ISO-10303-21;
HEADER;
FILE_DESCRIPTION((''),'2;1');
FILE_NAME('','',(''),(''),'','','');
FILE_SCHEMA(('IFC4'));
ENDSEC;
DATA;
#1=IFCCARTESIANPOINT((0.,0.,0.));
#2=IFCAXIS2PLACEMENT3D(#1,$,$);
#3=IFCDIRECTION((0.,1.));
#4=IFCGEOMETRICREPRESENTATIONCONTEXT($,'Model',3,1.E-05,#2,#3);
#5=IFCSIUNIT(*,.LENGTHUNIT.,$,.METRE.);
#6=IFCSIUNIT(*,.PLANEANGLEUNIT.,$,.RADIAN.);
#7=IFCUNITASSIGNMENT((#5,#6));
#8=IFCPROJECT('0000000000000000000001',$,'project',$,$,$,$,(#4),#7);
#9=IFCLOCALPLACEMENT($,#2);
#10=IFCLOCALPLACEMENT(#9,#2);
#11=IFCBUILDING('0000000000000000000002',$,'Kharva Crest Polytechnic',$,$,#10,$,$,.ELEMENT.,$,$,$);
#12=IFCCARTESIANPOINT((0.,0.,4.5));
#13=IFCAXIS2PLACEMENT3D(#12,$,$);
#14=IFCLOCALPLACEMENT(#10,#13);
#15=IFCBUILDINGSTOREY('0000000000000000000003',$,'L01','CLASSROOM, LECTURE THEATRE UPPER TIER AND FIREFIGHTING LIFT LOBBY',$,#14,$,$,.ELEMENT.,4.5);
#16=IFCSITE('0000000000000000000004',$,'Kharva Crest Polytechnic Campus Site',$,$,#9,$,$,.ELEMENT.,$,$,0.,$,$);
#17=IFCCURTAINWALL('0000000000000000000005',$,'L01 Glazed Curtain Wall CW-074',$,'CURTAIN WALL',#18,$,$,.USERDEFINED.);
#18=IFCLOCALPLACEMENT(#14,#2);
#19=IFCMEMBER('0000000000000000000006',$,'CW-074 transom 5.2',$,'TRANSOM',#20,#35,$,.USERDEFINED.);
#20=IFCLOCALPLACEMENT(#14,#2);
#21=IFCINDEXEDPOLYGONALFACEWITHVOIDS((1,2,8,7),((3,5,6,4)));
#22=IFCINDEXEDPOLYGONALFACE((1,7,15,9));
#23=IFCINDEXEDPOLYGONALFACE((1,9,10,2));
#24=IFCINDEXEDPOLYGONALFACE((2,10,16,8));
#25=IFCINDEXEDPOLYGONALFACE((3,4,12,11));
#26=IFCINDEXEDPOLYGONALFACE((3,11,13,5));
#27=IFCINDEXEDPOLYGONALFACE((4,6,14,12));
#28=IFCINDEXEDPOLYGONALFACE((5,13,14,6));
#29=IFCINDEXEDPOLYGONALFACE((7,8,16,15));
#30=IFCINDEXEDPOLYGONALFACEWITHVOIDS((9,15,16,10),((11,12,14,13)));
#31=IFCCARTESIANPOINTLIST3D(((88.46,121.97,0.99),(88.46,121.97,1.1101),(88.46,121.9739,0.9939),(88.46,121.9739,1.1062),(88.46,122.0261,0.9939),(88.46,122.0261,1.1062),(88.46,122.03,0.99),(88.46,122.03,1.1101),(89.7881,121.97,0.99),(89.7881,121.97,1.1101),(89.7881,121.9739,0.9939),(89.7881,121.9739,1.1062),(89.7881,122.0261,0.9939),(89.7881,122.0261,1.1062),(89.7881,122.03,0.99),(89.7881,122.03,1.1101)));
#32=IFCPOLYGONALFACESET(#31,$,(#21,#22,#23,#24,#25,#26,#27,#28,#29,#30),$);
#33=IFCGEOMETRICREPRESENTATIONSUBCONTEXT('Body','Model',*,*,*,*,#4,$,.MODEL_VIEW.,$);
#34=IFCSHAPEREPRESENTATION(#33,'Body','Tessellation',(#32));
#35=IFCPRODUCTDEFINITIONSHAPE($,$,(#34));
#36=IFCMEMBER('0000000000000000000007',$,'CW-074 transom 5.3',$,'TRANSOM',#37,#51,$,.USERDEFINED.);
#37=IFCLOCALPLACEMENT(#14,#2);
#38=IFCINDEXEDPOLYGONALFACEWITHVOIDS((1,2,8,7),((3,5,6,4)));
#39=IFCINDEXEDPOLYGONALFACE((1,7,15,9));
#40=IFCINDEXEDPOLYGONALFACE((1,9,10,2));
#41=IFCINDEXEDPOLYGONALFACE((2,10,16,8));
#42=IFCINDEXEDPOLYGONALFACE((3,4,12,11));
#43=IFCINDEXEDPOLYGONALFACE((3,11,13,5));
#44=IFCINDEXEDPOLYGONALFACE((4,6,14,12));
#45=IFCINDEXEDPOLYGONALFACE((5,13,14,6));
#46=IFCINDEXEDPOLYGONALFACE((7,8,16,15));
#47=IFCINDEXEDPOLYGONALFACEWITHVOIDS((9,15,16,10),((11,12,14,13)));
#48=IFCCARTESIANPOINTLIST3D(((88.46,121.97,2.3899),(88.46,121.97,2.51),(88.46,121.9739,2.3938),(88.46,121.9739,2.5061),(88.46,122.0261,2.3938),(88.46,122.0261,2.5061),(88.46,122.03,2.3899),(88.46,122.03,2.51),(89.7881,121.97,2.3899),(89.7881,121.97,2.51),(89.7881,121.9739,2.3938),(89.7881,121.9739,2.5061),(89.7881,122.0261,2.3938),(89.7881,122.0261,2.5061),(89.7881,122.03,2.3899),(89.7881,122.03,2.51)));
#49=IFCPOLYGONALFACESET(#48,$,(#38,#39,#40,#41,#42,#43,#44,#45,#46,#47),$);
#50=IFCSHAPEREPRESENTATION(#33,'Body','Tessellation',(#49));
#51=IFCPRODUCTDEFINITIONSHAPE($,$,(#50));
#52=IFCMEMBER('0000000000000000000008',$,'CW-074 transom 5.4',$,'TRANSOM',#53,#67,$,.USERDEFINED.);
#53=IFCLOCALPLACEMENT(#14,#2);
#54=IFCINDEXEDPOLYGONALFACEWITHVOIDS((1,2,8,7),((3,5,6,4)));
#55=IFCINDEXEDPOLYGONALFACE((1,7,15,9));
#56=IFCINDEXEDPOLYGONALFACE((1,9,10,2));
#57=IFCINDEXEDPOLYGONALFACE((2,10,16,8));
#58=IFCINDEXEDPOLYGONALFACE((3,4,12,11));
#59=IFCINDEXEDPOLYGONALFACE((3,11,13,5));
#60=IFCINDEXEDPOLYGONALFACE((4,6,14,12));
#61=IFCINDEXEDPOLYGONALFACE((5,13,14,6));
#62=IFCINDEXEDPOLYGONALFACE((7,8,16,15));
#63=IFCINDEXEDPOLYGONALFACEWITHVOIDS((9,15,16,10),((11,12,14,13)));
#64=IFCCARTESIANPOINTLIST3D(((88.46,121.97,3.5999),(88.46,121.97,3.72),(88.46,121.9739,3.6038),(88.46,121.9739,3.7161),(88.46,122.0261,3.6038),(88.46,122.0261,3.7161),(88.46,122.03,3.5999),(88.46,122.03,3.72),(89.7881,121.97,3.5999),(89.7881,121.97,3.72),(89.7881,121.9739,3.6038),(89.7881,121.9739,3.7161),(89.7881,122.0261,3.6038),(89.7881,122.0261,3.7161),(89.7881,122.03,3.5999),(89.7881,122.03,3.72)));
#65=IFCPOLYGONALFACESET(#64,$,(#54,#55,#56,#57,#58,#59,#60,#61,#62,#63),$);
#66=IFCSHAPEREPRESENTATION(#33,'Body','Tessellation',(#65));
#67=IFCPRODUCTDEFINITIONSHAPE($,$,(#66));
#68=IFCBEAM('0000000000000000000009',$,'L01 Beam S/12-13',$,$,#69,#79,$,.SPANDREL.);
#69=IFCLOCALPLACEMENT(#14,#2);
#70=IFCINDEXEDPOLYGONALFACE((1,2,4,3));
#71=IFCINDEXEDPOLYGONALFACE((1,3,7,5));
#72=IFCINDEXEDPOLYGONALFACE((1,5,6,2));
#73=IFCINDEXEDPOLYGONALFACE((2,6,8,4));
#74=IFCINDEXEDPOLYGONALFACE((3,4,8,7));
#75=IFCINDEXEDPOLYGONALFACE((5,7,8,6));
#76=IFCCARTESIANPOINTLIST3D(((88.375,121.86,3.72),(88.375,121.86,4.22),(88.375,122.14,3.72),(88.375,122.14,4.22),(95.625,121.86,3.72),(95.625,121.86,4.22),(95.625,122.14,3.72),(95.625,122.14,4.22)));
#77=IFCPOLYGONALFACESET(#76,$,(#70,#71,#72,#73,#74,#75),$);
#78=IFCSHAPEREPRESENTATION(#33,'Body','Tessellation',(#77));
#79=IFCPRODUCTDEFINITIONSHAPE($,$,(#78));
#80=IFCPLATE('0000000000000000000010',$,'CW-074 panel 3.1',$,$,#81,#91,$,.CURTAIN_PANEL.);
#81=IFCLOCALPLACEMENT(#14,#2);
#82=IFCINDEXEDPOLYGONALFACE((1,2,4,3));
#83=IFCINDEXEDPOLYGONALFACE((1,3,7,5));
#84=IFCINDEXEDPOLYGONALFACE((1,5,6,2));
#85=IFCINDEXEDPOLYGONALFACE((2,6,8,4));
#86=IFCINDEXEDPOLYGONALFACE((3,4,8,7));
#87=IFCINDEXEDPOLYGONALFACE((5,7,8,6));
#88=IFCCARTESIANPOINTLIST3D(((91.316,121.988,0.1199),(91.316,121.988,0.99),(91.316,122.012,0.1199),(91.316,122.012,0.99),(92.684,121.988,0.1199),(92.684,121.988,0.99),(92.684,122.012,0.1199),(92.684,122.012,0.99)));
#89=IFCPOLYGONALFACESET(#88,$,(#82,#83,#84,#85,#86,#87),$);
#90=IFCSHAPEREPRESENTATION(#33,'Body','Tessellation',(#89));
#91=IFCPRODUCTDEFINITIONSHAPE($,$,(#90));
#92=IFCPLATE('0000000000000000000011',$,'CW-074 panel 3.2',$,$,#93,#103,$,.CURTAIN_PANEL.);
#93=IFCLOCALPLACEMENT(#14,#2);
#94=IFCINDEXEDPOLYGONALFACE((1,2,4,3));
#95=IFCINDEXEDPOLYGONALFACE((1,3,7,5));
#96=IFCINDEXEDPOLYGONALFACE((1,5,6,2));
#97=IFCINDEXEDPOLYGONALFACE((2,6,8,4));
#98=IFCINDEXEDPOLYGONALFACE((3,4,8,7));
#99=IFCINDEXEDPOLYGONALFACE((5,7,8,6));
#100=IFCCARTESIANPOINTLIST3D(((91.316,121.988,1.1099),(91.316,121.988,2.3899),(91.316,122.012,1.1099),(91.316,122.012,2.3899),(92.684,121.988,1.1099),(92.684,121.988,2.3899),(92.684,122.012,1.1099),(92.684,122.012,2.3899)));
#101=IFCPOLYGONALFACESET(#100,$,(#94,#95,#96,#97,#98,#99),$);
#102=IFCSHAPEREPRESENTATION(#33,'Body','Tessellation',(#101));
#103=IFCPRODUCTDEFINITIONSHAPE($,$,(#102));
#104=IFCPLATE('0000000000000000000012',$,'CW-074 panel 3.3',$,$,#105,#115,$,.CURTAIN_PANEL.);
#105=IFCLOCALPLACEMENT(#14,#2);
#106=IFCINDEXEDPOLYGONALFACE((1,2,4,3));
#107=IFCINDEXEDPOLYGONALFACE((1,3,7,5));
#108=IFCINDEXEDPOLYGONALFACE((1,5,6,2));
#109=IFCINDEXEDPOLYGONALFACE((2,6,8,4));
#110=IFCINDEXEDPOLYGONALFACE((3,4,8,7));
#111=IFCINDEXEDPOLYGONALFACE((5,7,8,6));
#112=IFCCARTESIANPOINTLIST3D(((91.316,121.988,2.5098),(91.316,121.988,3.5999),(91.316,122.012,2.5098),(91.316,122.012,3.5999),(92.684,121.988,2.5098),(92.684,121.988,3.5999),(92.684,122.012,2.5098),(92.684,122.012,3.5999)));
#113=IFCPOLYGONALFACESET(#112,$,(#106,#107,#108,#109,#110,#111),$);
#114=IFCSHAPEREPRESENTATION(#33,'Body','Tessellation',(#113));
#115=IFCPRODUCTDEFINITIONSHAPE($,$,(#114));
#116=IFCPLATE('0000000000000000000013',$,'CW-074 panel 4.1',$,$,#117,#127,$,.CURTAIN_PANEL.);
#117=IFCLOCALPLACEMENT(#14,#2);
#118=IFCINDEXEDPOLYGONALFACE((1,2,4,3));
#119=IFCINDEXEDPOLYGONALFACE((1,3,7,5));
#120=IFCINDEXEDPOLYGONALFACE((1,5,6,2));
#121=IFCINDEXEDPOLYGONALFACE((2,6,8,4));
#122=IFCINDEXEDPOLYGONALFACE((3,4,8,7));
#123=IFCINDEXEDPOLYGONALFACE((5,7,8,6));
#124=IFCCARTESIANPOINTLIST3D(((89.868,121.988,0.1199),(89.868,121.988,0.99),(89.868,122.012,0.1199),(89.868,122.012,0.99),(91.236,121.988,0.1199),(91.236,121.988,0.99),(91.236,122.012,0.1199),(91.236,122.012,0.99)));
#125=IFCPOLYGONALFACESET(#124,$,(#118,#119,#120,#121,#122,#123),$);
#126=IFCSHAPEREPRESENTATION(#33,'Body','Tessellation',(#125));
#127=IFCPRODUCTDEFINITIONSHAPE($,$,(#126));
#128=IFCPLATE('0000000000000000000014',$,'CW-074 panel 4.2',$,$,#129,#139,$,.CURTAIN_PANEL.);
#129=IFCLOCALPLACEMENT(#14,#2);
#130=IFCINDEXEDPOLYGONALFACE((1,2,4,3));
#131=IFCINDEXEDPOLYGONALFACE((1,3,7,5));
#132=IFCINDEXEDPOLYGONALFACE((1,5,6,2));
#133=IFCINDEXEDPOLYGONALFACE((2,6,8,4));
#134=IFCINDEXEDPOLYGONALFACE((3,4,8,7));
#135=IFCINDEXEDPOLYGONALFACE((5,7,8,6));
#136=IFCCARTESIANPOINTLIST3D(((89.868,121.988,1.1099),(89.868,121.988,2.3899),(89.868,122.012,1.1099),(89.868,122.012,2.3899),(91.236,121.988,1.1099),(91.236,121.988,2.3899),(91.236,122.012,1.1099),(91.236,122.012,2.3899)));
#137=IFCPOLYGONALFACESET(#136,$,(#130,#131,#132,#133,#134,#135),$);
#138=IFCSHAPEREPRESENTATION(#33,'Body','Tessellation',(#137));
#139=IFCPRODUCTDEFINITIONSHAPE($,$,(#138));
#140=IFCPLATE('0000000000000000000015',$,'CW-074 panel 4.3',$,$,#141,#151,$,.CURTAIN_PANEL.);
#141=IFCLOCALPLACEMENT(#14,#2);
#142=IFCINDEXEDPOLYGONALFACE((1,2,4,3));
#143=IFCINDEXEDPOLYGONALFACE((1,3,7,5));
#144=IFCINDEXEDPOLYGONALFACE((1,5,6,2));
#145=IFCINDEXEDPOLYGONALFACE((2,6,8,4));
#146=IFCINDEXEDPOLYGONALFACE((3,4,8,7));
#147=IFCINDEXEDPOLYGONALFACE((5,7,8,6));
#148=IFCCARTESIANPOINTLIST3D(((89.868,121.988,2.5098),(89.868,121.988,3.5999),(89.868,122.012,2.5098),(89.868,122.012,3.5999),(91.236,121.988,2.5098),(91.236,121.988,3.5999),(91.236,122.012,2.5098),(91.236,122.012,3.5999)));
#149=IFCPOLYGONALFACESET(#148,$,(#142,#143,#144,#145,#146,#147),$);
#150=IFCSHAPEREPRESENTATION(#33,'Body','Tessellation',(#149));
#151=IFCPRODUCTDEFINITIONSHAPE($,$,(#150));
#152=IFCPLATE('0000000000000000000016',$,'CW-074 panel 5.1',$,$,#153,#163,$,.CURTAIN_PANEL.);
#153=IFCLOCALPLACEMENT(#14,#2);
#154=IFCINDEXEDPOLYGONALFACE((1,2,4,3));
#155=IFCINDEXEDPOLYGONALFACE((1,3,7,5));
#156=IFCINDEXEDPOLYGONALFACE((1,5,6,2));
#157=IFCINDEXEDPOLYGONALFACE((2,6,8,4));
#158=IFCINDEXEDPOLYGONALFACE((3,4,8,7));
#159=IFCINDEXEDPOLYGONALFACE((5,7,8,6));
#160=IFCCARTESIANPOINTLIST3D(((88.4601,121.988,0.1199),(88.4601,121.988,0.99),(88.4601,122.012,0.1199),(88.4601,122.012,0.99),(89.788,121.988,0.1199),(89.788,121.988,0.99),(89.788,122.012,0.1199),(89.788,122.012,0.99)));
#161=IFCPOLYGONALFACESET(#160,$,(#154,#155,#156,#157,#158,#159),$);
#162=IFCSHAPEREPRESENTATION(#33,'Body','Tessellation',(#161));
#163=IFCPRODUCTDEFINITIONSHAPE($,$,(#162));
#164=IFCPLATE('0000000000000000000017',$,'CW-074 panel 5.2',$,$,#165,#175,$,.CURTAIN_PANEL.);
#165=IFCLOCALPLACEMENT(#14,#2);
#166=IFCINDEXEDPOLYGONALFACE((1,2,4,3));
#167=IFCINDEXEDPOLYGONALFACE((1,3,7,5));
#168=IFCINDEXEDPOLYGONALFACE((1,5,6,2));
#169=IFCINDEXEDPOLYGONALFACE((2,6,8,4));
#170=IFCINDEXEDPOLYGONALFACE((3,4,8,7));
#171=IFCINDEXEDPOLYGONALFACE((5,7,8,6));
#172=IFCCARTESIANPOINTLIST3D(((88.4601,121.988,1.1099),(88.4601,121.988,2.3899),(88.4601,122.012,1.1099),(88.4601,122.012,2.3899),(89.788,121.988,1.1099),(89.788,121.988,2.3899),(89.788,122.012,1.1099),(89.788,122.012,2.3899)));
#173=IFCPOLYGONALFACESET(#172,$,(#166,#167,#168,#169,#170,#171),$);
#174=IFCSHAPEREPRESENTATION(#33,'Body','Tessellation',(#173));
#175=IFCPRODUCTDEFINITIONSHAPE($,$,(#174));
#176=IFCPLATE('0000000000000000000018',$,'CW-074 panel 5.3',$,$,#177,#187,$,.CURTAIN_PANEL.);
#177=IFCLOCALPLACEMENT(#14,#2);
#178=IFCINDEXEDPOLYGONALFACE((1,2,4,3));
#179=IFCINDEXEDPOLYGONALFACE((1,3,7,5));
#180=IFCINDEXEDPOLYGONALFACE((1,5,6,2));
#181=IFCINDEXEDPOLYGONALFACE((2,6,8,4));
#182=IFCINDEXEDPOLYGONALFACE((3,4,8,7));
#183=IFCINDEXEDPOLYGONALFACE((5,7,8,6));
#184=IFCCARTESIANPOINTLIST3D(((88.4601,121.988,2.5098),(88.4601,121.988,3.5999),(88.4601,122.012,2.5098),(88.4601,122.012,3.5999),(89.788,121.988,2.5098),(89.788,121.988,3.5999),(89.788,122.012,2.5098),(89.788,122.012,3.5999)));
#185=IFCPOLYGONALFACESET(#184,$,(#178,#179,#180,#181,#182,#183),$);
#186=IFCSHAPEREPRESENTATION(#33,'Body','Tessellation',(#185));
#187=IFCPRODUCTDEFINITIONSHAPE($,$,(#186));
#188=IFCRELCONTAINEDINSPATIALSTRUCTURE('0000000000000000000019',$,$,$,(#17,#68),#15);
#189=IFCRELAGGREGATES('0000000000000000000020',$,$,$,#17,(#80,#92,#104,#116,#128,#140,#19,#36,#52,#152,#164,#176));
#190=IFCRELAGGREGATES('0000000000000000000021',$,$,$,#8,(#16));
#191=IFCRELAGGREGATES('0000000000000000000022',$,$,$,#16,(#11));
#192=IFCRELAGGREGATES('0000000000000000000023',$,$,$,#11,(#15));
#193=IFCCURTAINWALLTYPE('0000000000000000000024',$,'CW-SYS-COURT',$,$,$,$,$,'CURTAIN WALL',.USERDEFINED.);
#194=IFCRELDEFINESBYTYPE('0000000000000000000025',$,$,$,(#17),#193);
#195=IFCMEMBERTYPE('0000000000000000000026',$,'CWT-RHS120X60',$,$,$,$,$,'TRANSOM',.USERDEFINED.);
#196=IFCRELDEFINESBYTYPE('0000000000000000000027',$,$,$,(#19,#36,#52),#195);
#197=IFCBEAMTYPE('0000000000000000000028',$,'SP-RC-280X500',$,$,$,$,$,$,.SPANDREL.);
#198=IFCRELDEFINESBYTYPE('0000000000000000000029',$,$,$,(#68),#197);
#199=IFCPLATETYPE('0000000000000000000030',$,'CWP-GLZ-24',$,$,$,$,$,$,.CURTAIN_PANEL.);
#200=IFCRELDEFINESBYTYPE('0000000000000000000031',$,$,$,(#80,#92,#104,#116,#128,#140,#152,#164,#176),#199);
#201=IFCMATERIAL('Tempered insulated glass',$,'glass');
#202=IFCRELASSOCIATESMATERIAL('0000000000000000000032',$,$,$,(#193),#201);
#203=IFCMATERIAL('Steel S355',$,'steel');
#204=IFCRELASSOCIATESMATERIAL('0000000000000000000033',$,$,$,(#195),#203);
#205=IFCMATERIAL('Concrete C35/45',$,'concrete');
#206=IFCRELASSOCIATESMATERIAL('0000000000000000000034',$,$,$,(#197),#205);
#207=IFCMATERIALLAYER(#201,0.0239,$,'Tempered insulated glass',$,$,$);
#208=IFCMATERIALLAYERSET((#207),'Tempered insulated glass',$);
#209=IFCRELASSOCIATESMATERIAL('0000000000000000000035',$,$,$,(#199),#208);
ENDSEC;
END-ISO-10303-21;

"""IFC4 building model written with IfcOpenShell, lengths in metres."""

from ifc_helpers import new_model, si_unit, direction, frame, origin, origin_2d, place, context, subcontext, project, spatial, rectangle, hollow_rectangle, extrude, material, layer, layer_set, material_profile, profile_set, type_object, element, aggregate, save


model = new_model("IFC4")

# Units and contexts
model_context = context("Model", 3, precision=1e-05, world=origin(), true_north=direction((0.0, 1.0)))
body_context = subcontext(model_context, "Body", "Model", "MODEL_VIEW")
ifc_project = project(units=[si_unit("LENGTHUNIT", "METRE"), si_unit("PLANEANGLEUNIT", "RADIAN")], contexts=[model_context])

# Site, building, storey
site_placement = place(None, origin())
site = spatial("IfcSite", under=ifc_project, at=site_placement, Name="Kharva Crest Polytechnic Campus Site", CompositionType="ELEMENT", RefElevation=0.0)
building_placement = place(site_placement, origin())
building = spatial("IfcBuilding", under=site, at=building_placement, Name="Kharva Crest Polytechnic", CompositionType="ELEMENT")
storey_placement = place(building_placement, frame((0.0, 0.0, 4.5)))
storey = spatial("IfcBuildingStorey", under=building, at=storey_placement, Name="L01", Description="CLASSROOM, LECTURE THEATRE UPPER TIER AND FIREFIGHTING LIFT LOBBY", CompositionType="ELEMENT", Elevation=4.5)

# Curtain wall, members
ifc_material_1 = material(Name="Tempered insulated glass", Category="glass")
curtain_wall_type = type_object("IfcCurtainWallType", Name="CW-SYS-COURT", ElementType="CURTAIN WALL", PredefinedType="USERDEFINED", material=ifc_material_1)
curtain_wall_placement = place(storey_placement, origin())
curtain_wall = element("IfcCurtainWall", 1, at=curtain_wall_placement, inside=storey, type_object=curtain_wall_type, Name="L01 Glazed Curtain Wall CW-074", ObjectType="CURTAIN WALL", PredefinedType="USERDEFINED")
ifc_material_2 = material(Name="Steel S355", Category="steel")
ifc_material_profile_1 = material_profile(ifc_material_2, hollow_rectangle(XDim=0.0601, YDim=0.1201, WallThickness=0.0039, at=origin_2d()), Name="RHS 120X60X4.0")
ifc_profile_set_1 = profile_set([ifc_material_profile_1], Name="Steel S355")
member_type_1 = type_object("IfcMemberType", Name="CWT-RHS120X60", ElementType="TRANSOM", PredefinedType="USERDEFINED", material=ifc_profile_set_1)
member_1_placement = place(storey_placement, frame((89.7881, 122.0, 1.05), z_axis=(-1.0, 0.0, 0.0), x_axis=(0.0, -1.0, 0.0)))
member_1 = element("IfcMember", 2, at=member_1_placement, type_object=member_type_1, Name="CW-074 transom 5.2", ObjectType="TRANSOM", PredefinedType="USERDEFINED", context=body_context, shape_type="SweptSolid", body=[
    extrude(hollow_rectangle(XDim=0.0601, YDim=0.1201, WallThickness=0.0039, at=origin_2d()), origin(), (0.0, 0.0, 1.0), 1.3281),
])
member_2_placement = place(storey_placement, frame((89.7881, 122.0, 2.45), z_axis=(-1.0, 0.0, 0.0), x_axis=(0.0, -1.0, 0.0)))
member_2 = element("IfcMember", 3, at=member_2_placement, type_object=member_type_1, Name="CW-074 transom 5.3", ObjectType="TRANSOM", PredefinedType="USERDEFINED", context=body_context, shape_type="SweptSolid", body=[
    extrude(hollow_rectangle(XDim=0.0601, YDim=0.1201, WallThickness=0.0039, at=origin_2d()), origin(), (0.0, 0.0, 1.0), 1.3281),
])
member_3_placement = place(storey_placement, frame((89.7881, 122.0, 3.6599), z_axis=(-1.0, 0.0, 0.0), x_axis=(0.0, -1.0, 0.0)))
member_3 = element("IfcMember", 4, at=member_3_placement, type_object=member_type_1, Name="CW-074 transom 5.4", ObjectType="TRANSOM", PredefinedType="USERDEFINED", context=body_context, shape_type="SweptSolid", body=[
    extrude(hollow_rectangle(XDim=0.0601, YDim=0.1201, WallThickness=0.0039, at=origin_2d()), origin(), (0.0, 0.0, 1.0), 1.3281),
])

# Beam
ifc_material_3 = material(Name="Concrete C35/45", Category="concrete")
ifc_material_profile_2 = material_profile(ifc_material_3, rectangle(XDim=0.28, YDim=0.5, at=origin_2d()), Name="RECT 280 X 500")
ifc_profile_set_2 = profile_set([ifc_material_profile_2], Name="Concrete C35/45")
beam_type = type_object("IfcBeamType", Name="SP-RC-280X500", PredefinedType="SPANDREL", material=ifc_profile_set_2)
beam_placement = place(storey_placement, frame((88.375, 122.0, 3.97), z_axis=(1.0, 0.0, 0.0), x_axis=(0.0, 1.0, 0.0)))
element("IfcBeam", 5, at=beam_placement, inside=storey, type_object=beam_type, Name="L01 Beam S/12-13", PredefinedType="SPANDREL", context=body_context, shape_type="SweptSolid", body=[
    extrude(rectangle(XDim=0.28, YDim=0.5, at=origin_2d()), origin(), (0.0, 0.0, 1.0), 7.25),
])

# Plates
ifc_layer = layer(ifc_material_1, 0.0239, Name="Tempered insulated glass")
ifc_layer_set = layer_set([ifc_layer], Name="Tempered insulated glass")
plate_type = type_object("IfcPlateType", Name="CWP-GLZ-24", PredefinedType="CURTAIN_PANEL", material=ifc_layer_set)
plate_1_placement = place(storey_placement, frame((92.0, 122.0, 0.1199), z_axis=(0.0, 0.0, 1.0), x_axis=(-1.0, 0.0, 0.0)))
plate_1 = element("IfcPlate", 6, at=plate_1_placement, type_object=plate_type, Name="CW-074 panel 3.1", PredefinedType="CURTAIN_PANEL", context=body_context, shape_type="SweptSolid", body=[
    extrude(rectangle(XDim=1.3679, YDim=0.0239, at=origin_2d()), origin(), (0.0, 0.0, 1.0), 0.8701),
])
plate_2_placement = place(storey_placement, frame((92.0, 122.0, 1.1099), z_axis=(0.0, 0.0, 1.0), x_axis=(-1.0, 0.0, 0.0)))
plate_2 = element("IfcPlate", 7, at=plate_2_placement, type_object=plate_type, Name="CW-074 panel 3.2", PredefinedType="CURTAIN_PANEL", context=body_context, shape_type="SweptSolid", body=[
    extrude(rectangle(XDim=1.3679, YDim=0.0239, at=origin_2d()), origin(), (0.0, 0.0, 1.0), 1.28),
])
plate_3_placement = place(storey_placement, frame((92.0, 122.0, 2.5098), z_axis=(0.0, 0.0, 1.0), x_axis=(-1.0, 0.0, 0.0)))
plate_3 = element("IfcPlate", 8, at=plate_3_placement, type_object=plate_type, Name="CW-074 panel 3.3", PredefinedType="CURTAIN_PANEL", context=body_context, shape_type="SweptSolid", body=[
    extrude(rectangle(XDim=1.3679, YDim=0.0239, at=origin_2d()), origin(), (0.0, 0.0, 1.0), 1.0901),
])
plate_4_placement = place(storey_placement, frame((90.552, 122.0, 0.1199), z_axis=(0.0, 0.0, 1.0), x_axis=(-1.0, 0.0, 0.0)))
plate_4 = element("IfcPlate", 9, at=plate_4_placement, type_object=plate_type, Name="CW-074 panel 4.1", PredefinedType="CURTAIN_PANEL", context=body_context, shape_type="SweptSolid", body=[
    extrude(rectangle(XDim=1.3679, YDim=0.0239, at=origin_2d()), origin(), (0.0, 0.0, 1.0), 0.8701),
])
plate_5_placement = place(storey_placement, frame((90.552, 122.0, 1.1099), z_axis=(0.0, 0.0, 1.0), x_axis=(-1.0, 0.0, 0.0)))
plate_5 = element("IfcPlate", 10, at=plate_5_placement, type_object=plate_type, Name="CW-074 panel 4.2", PredefinedType="CURTAIN_PANEL", context=body_context, shape_type="SweptSolid", body=[
    extrude(rectangle(XDim=1.3679, YDim=0.0239, at=origin_2d()), origin(), (0.0, 0.0, 1.0), 1.28),
])
plate_6_placement = place(storey_placement, frame((90.552, 122.0, 2.5098), z_axis=(0.0, 0.0, 1.0), x_axis=(-1.0, 0.0, 0.0)))
plate_6 = element("IfcPlate", 11, at=plate_6_placement, type_object=plate_type, Name="CW-074 panel 4.3", PredefinedType="CURTAIN_PANEL", context=body_context, shape_type="SweptSolid", body=[
    extrude(rectangle(XDim=1.3679, YDim=0.0239, at=origin_2d()), origin(), (0.0, 0.0, 1.0), 1.0901),
])
plate_7_placement = place(storey_placement, frame((89.124, 122.0, 0.1199), z_axis=(0.0, 0.0, 1.0), x_axis=(-1.0, 0.0, 0.0)))
plate_7 = element("IfcPlate", 12, at=plate_7_placement, type_object=plate_type, Name="CW-074 panel 5.1", PredefinedType="CURTAIN_PANEL", context=body_context, shape_type="SweptSolid", body=[
    extrude(rectangle(XDim=1.3279, YDim=0.0239, at=origin_2d()), origin(), (0.0, 0.0, 1.0), 0.8701),
])
plate_8_placement = place(storey_placement, frame((89.124, 122.0, 1.1099), z_axis=(0.0, 0.0, 1.0), x_axis=(-1.0, 0.0, 0.0)))
plate_8 = element("IfcPlate", 13, at=plate_8_placement, type_object=plate_type, Name="CW-074 panel 5.2", PredefinedType="CURTAIN_PANEL", context=body_context, shape_type="SweptSolid", body=[
    extrude(rectangle(XDim=1.3279, YDim=0.0239, at=origin_2d()), origin(), (0.0, 0.0, 1.0), 1.28),
])
plate_9_placement = place(storey_placement, frame((89.124, 122.0, 2.5098), z_axis=(0.0, 0.0, 1.0), x_axis=(-1.0, 0.0, 0.0)))
plate_9 = element("IfcPlate", 14, at=plate_9_placement, type_object=plate_type, Name="CW-074 panel 5.3", PredefinedType="CURTAIN_PANEL", context=body_context, shape_type="SweptSolid", body=[
    extrude(rectangle(XDim=1.3279, YDim=0.0239, at=origin_2d()), origin(), (0.0, 0.0, 1.0), 1.0901),
])
aggregate(curtain_wall, [plate_1, plate_2, plate_3, plate_4, plate_5, plate_6, member_1, member_2, member_3, plate_7, plate_8, plate_9])

save(model, "model.ifc")
